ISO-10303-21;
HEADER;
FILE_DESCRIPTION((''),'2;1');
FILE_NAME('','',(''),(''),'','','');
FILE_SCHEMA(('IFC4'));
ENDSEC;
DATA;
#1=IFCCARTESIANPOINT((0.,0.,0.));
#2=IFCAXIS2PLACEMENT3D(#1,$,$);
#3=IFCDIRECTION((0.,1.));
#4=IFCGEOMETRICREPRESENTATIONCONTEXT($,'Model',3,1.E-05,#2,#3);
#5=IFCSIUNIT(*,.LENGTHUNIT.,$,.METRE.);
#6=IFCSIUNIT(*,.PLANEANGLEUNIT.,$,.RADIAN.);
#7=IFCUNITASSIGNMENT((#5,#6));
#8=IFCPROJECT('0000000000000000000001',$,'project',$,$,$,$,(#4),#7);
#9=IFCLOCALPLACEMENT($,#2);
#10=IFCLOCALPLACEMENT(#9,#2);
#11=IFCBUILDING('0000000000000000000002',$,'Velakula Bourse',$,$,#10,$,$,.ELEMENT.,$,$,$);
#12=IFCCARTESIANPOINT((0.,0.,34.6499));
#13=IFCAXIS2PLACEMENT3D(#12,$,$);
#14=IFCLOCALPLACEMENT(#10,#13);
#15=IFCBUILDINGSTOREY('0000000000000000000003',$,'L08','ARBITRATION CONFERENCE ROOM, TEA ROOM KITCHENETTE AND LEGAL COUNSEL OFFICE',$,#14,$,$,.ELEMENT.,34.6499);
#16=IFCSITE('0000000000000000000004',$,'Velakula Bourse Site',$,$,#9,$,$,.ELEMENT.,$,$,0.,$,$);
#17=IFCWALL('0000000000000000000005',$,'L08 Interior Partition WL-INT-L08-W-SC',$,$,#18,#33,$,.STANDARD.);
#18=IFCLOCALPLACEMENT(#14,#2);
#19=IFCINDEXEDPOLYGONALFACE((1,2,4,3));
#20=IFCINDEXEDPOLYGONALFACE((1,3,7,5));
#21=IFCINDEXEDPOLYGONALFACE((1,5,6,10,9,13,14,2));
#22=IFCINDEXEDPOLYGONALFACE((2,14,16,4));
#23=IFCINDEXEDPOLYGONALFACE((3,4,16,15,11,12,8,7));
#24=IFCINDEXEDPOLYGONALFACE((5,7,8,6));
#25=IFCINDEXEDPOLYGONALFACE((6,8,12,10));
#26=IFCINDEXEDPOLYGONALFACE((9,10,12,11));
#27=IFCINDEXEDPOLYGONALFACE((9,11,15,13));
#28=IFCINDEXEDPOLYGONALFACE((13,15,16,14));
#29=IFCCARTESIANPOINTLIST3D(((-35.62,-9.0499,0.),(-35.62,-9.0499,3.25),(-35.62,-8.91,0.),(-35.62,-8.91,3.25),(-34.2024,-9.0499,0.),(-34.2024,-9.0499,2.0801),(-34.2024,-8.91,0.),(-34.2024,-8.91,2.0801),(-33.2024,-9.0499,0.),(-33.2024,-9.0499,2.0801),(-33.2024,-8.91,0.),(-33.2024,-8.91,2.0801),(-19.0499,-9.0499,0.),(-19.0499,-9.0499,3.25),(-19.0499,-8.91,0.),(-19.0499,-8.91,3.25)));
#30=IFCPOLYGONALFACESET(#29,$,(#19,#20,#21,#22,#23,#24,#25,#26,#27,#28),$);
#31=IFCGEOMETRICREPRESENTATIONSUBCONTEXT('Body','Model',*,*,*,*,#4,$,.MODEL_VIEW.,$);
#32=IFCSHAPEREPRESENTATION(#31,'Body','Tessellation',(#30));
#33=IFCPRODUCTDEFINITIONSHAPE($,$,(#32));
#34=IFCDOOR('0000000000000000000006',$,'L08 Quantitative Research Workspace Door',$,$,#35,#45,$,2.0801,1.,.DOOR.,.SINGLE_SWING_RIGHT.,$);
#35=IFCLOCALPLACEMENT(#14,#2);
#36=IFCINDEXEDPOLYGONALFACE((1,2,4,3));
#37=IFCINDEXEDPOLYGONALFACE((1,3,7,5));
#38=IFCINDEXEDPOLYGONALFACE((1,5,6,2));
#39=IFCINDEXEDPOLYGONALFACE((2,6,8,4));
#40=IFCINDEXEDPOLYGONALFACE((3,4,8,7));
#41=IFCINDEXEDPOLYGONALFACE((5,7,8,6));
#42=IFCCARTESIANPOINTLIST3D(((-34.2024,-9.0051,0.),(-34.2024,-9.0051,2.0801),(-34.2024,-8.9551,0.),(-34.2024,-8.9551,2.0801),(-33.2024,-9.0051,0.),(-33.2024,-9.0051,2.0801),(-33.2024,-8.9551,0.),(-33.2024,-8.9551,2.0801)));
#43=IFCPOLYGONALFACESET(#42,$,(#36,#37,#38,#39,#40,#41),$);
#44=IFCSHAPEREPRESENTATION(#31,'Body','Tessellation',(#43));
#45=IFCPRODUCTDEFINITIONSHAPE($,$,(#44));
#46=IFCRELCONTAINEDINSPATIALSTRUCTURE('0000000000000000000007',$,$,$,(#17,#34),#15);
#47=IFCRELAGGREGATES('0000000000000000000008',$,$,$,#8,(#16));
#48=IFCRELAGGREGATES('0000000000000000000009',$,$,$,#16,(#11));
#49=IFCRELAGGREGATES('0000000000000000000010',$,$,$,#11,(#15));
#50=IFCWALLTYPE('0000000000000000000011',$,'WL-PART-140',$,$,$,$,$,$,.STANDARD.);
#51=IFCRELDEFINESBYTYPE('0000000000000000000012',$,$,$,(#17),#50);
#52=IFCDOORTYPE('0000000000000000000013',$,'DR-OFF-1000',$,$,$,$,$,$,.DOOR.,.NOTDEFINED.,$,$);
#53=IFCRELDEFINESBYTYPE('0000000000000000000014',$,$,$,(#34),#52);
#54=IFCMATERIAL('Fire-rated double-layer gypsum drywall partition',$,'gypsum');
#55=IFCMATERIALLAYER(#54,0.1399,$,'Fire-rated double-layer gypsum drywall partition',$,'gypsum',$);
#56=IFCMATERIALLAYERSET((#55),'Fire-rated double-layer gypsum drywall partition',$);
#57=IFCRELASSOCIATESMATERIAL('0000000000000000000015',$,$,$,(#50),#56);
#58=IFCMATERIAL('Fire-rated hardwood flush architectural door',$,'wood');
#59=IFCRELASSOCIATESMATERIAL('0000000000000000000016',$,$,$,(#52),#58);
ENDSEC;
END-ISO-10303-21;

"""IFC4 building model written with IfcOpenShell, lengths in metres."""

from ifc_helpers import new_model, si_unit, direction, frame, frame_2d, origin, place, context, subcontext, project, spatial, rectangle, extrude, material, layer, layer_set, type_object, element, fill, save


model = new_model("IFC4")

# Units and contexts
model_context = context("Model", 3, precision=1e-05, world=origin(), true_north=direction((0.0, 1.0)))
body_context = subcontext(model_context, "Body", "Model", "MODEL_VIEW")
ifc_project = project(units=[si_unit("LENGTHUNIT", "METRE"), si_unit("PLANEANGLEUNIT", "RADIAN")], contexts=[model_context])

# Site, building, storey
site_placement = place(None, origin())
site = spatial("IfcSite", under=ifc_project, at=site_placement, Name="Velakula Bourse Site", CompositionType="ELEMENT", RefElevation=0.0)
building_placement = place(site_placement, origin())
building = spatial("IfcBuilding", under=site, at=building_placement, Name="Velakula Bourse", CompositionType="ELEMENT")
storey_placement = place(building_placement, frame((0.0, 0.0, 34.6499)))
storey = spatial("IfcBuildingStorey", under=building, at=storey_placement, Name="L08", Description="ARBITRATION CONFERENCE ROOM, TEA ROOM KITCHENETTE AND LEGAL COUNSEL OFFICE", CompositionType="ELEMENT", Elevation=34.6499)

# Shared definitions
ifc_material_1 = material(Name="Fire-rated double-layer gypsum drywall partition", Category="gypsum")
ifc_layer_1 = layer(ifc_material_1, 0.1399, Name="Fire-rated double-layer gypsum drywall partition", Category="gypsum")
ifc_layer_set_1 = layer_set([ifc_layer_1], Name="Fire-rated double-layer gypsum drywall partition")
wall_type_1 = type_object("IfcWallType", Name="WL-PART-140", PredefinedType="STANDARD", material=ifc_layer_set_1)
ifc_material_2 = material(Name="Fire-rated hardwood flush architectural door", Category="wood")
door_type_1 = type_object("IfcDoorType", Name="DR-OFF-1000", OperationType="NOTDEFINED", PredefinedType="DOOR", material=ifc_material_2)

# Wall, opening, door
wall_1_placement = place(storey_placement, frame((-35.6201, -8.98, 0.0), z_axis=(0.0, 0.0, 1.0), x_axis=(1.0, 0.0, 0.0)))
wall_1 = element("IfcWall", 1, at=wall_1_placement, inside=storey, type_object=wall_type_1, Name="L08 Interior Partition WL-INT-L08-W-SC", PredefinedType="STANDARD", context=body_context, shape_type="SweptSolid", body=[
    extrude(rectangle(XDim=16.5701, YDim=0.1399, at=frame_2d((8.2852, 0.0))), origin(), (0.0, 0.0, 1.0), 3.25),
])
opening_1_placement = place(wall_1_placement, frame((1.4177, 0.0, 0.0)))
opening_1 = element("IfcOpeningElement", 2, at=opening_1_placement, cuts=wall_1, PredefinedType="OPENING", context=body_context, shape_type="SweptSolid", body=[
    extrude(rectangle(XDim=1.0, YDim=2.0801, at=frame_2d((0.5, 1.04))), frame((0.0, 0.0798, 0.0), z_axis=(0.0, -1.0, 0.0), x_axis=(1.0, 0.0, 0.0)), (0.0, 0.0, 1.0), 0.1599),
])
door_1_placement = place(opening_1_placement, origin())
door_1 = element("IfcDoor", 3, at=door_1_placement, inside=storey, type_object=door_type_1, Name="L08 Quantitative Research Workspace Door", OperationType="SINGLE_SWING_RIGHT", OverallHeight=2.0801, OverallWidth=1.0, PredefinedType="DOOR", context=body_context, shape_type="SweptSolid", body=[
    extrude(rectangle(XDim=1.0, YDim=2.0801, at=frame_2d((0.5, 1.04))), frame((0.0, 0.0249, 0.0), z_axis=(0.0, -1.0, 0.0), x_axis=(1.0, 0.0, 0.0)), (0.0, 0.0, 1.0), 0.05),
])
fill(opening_1, door_1)

save(model, "model.ifc")
